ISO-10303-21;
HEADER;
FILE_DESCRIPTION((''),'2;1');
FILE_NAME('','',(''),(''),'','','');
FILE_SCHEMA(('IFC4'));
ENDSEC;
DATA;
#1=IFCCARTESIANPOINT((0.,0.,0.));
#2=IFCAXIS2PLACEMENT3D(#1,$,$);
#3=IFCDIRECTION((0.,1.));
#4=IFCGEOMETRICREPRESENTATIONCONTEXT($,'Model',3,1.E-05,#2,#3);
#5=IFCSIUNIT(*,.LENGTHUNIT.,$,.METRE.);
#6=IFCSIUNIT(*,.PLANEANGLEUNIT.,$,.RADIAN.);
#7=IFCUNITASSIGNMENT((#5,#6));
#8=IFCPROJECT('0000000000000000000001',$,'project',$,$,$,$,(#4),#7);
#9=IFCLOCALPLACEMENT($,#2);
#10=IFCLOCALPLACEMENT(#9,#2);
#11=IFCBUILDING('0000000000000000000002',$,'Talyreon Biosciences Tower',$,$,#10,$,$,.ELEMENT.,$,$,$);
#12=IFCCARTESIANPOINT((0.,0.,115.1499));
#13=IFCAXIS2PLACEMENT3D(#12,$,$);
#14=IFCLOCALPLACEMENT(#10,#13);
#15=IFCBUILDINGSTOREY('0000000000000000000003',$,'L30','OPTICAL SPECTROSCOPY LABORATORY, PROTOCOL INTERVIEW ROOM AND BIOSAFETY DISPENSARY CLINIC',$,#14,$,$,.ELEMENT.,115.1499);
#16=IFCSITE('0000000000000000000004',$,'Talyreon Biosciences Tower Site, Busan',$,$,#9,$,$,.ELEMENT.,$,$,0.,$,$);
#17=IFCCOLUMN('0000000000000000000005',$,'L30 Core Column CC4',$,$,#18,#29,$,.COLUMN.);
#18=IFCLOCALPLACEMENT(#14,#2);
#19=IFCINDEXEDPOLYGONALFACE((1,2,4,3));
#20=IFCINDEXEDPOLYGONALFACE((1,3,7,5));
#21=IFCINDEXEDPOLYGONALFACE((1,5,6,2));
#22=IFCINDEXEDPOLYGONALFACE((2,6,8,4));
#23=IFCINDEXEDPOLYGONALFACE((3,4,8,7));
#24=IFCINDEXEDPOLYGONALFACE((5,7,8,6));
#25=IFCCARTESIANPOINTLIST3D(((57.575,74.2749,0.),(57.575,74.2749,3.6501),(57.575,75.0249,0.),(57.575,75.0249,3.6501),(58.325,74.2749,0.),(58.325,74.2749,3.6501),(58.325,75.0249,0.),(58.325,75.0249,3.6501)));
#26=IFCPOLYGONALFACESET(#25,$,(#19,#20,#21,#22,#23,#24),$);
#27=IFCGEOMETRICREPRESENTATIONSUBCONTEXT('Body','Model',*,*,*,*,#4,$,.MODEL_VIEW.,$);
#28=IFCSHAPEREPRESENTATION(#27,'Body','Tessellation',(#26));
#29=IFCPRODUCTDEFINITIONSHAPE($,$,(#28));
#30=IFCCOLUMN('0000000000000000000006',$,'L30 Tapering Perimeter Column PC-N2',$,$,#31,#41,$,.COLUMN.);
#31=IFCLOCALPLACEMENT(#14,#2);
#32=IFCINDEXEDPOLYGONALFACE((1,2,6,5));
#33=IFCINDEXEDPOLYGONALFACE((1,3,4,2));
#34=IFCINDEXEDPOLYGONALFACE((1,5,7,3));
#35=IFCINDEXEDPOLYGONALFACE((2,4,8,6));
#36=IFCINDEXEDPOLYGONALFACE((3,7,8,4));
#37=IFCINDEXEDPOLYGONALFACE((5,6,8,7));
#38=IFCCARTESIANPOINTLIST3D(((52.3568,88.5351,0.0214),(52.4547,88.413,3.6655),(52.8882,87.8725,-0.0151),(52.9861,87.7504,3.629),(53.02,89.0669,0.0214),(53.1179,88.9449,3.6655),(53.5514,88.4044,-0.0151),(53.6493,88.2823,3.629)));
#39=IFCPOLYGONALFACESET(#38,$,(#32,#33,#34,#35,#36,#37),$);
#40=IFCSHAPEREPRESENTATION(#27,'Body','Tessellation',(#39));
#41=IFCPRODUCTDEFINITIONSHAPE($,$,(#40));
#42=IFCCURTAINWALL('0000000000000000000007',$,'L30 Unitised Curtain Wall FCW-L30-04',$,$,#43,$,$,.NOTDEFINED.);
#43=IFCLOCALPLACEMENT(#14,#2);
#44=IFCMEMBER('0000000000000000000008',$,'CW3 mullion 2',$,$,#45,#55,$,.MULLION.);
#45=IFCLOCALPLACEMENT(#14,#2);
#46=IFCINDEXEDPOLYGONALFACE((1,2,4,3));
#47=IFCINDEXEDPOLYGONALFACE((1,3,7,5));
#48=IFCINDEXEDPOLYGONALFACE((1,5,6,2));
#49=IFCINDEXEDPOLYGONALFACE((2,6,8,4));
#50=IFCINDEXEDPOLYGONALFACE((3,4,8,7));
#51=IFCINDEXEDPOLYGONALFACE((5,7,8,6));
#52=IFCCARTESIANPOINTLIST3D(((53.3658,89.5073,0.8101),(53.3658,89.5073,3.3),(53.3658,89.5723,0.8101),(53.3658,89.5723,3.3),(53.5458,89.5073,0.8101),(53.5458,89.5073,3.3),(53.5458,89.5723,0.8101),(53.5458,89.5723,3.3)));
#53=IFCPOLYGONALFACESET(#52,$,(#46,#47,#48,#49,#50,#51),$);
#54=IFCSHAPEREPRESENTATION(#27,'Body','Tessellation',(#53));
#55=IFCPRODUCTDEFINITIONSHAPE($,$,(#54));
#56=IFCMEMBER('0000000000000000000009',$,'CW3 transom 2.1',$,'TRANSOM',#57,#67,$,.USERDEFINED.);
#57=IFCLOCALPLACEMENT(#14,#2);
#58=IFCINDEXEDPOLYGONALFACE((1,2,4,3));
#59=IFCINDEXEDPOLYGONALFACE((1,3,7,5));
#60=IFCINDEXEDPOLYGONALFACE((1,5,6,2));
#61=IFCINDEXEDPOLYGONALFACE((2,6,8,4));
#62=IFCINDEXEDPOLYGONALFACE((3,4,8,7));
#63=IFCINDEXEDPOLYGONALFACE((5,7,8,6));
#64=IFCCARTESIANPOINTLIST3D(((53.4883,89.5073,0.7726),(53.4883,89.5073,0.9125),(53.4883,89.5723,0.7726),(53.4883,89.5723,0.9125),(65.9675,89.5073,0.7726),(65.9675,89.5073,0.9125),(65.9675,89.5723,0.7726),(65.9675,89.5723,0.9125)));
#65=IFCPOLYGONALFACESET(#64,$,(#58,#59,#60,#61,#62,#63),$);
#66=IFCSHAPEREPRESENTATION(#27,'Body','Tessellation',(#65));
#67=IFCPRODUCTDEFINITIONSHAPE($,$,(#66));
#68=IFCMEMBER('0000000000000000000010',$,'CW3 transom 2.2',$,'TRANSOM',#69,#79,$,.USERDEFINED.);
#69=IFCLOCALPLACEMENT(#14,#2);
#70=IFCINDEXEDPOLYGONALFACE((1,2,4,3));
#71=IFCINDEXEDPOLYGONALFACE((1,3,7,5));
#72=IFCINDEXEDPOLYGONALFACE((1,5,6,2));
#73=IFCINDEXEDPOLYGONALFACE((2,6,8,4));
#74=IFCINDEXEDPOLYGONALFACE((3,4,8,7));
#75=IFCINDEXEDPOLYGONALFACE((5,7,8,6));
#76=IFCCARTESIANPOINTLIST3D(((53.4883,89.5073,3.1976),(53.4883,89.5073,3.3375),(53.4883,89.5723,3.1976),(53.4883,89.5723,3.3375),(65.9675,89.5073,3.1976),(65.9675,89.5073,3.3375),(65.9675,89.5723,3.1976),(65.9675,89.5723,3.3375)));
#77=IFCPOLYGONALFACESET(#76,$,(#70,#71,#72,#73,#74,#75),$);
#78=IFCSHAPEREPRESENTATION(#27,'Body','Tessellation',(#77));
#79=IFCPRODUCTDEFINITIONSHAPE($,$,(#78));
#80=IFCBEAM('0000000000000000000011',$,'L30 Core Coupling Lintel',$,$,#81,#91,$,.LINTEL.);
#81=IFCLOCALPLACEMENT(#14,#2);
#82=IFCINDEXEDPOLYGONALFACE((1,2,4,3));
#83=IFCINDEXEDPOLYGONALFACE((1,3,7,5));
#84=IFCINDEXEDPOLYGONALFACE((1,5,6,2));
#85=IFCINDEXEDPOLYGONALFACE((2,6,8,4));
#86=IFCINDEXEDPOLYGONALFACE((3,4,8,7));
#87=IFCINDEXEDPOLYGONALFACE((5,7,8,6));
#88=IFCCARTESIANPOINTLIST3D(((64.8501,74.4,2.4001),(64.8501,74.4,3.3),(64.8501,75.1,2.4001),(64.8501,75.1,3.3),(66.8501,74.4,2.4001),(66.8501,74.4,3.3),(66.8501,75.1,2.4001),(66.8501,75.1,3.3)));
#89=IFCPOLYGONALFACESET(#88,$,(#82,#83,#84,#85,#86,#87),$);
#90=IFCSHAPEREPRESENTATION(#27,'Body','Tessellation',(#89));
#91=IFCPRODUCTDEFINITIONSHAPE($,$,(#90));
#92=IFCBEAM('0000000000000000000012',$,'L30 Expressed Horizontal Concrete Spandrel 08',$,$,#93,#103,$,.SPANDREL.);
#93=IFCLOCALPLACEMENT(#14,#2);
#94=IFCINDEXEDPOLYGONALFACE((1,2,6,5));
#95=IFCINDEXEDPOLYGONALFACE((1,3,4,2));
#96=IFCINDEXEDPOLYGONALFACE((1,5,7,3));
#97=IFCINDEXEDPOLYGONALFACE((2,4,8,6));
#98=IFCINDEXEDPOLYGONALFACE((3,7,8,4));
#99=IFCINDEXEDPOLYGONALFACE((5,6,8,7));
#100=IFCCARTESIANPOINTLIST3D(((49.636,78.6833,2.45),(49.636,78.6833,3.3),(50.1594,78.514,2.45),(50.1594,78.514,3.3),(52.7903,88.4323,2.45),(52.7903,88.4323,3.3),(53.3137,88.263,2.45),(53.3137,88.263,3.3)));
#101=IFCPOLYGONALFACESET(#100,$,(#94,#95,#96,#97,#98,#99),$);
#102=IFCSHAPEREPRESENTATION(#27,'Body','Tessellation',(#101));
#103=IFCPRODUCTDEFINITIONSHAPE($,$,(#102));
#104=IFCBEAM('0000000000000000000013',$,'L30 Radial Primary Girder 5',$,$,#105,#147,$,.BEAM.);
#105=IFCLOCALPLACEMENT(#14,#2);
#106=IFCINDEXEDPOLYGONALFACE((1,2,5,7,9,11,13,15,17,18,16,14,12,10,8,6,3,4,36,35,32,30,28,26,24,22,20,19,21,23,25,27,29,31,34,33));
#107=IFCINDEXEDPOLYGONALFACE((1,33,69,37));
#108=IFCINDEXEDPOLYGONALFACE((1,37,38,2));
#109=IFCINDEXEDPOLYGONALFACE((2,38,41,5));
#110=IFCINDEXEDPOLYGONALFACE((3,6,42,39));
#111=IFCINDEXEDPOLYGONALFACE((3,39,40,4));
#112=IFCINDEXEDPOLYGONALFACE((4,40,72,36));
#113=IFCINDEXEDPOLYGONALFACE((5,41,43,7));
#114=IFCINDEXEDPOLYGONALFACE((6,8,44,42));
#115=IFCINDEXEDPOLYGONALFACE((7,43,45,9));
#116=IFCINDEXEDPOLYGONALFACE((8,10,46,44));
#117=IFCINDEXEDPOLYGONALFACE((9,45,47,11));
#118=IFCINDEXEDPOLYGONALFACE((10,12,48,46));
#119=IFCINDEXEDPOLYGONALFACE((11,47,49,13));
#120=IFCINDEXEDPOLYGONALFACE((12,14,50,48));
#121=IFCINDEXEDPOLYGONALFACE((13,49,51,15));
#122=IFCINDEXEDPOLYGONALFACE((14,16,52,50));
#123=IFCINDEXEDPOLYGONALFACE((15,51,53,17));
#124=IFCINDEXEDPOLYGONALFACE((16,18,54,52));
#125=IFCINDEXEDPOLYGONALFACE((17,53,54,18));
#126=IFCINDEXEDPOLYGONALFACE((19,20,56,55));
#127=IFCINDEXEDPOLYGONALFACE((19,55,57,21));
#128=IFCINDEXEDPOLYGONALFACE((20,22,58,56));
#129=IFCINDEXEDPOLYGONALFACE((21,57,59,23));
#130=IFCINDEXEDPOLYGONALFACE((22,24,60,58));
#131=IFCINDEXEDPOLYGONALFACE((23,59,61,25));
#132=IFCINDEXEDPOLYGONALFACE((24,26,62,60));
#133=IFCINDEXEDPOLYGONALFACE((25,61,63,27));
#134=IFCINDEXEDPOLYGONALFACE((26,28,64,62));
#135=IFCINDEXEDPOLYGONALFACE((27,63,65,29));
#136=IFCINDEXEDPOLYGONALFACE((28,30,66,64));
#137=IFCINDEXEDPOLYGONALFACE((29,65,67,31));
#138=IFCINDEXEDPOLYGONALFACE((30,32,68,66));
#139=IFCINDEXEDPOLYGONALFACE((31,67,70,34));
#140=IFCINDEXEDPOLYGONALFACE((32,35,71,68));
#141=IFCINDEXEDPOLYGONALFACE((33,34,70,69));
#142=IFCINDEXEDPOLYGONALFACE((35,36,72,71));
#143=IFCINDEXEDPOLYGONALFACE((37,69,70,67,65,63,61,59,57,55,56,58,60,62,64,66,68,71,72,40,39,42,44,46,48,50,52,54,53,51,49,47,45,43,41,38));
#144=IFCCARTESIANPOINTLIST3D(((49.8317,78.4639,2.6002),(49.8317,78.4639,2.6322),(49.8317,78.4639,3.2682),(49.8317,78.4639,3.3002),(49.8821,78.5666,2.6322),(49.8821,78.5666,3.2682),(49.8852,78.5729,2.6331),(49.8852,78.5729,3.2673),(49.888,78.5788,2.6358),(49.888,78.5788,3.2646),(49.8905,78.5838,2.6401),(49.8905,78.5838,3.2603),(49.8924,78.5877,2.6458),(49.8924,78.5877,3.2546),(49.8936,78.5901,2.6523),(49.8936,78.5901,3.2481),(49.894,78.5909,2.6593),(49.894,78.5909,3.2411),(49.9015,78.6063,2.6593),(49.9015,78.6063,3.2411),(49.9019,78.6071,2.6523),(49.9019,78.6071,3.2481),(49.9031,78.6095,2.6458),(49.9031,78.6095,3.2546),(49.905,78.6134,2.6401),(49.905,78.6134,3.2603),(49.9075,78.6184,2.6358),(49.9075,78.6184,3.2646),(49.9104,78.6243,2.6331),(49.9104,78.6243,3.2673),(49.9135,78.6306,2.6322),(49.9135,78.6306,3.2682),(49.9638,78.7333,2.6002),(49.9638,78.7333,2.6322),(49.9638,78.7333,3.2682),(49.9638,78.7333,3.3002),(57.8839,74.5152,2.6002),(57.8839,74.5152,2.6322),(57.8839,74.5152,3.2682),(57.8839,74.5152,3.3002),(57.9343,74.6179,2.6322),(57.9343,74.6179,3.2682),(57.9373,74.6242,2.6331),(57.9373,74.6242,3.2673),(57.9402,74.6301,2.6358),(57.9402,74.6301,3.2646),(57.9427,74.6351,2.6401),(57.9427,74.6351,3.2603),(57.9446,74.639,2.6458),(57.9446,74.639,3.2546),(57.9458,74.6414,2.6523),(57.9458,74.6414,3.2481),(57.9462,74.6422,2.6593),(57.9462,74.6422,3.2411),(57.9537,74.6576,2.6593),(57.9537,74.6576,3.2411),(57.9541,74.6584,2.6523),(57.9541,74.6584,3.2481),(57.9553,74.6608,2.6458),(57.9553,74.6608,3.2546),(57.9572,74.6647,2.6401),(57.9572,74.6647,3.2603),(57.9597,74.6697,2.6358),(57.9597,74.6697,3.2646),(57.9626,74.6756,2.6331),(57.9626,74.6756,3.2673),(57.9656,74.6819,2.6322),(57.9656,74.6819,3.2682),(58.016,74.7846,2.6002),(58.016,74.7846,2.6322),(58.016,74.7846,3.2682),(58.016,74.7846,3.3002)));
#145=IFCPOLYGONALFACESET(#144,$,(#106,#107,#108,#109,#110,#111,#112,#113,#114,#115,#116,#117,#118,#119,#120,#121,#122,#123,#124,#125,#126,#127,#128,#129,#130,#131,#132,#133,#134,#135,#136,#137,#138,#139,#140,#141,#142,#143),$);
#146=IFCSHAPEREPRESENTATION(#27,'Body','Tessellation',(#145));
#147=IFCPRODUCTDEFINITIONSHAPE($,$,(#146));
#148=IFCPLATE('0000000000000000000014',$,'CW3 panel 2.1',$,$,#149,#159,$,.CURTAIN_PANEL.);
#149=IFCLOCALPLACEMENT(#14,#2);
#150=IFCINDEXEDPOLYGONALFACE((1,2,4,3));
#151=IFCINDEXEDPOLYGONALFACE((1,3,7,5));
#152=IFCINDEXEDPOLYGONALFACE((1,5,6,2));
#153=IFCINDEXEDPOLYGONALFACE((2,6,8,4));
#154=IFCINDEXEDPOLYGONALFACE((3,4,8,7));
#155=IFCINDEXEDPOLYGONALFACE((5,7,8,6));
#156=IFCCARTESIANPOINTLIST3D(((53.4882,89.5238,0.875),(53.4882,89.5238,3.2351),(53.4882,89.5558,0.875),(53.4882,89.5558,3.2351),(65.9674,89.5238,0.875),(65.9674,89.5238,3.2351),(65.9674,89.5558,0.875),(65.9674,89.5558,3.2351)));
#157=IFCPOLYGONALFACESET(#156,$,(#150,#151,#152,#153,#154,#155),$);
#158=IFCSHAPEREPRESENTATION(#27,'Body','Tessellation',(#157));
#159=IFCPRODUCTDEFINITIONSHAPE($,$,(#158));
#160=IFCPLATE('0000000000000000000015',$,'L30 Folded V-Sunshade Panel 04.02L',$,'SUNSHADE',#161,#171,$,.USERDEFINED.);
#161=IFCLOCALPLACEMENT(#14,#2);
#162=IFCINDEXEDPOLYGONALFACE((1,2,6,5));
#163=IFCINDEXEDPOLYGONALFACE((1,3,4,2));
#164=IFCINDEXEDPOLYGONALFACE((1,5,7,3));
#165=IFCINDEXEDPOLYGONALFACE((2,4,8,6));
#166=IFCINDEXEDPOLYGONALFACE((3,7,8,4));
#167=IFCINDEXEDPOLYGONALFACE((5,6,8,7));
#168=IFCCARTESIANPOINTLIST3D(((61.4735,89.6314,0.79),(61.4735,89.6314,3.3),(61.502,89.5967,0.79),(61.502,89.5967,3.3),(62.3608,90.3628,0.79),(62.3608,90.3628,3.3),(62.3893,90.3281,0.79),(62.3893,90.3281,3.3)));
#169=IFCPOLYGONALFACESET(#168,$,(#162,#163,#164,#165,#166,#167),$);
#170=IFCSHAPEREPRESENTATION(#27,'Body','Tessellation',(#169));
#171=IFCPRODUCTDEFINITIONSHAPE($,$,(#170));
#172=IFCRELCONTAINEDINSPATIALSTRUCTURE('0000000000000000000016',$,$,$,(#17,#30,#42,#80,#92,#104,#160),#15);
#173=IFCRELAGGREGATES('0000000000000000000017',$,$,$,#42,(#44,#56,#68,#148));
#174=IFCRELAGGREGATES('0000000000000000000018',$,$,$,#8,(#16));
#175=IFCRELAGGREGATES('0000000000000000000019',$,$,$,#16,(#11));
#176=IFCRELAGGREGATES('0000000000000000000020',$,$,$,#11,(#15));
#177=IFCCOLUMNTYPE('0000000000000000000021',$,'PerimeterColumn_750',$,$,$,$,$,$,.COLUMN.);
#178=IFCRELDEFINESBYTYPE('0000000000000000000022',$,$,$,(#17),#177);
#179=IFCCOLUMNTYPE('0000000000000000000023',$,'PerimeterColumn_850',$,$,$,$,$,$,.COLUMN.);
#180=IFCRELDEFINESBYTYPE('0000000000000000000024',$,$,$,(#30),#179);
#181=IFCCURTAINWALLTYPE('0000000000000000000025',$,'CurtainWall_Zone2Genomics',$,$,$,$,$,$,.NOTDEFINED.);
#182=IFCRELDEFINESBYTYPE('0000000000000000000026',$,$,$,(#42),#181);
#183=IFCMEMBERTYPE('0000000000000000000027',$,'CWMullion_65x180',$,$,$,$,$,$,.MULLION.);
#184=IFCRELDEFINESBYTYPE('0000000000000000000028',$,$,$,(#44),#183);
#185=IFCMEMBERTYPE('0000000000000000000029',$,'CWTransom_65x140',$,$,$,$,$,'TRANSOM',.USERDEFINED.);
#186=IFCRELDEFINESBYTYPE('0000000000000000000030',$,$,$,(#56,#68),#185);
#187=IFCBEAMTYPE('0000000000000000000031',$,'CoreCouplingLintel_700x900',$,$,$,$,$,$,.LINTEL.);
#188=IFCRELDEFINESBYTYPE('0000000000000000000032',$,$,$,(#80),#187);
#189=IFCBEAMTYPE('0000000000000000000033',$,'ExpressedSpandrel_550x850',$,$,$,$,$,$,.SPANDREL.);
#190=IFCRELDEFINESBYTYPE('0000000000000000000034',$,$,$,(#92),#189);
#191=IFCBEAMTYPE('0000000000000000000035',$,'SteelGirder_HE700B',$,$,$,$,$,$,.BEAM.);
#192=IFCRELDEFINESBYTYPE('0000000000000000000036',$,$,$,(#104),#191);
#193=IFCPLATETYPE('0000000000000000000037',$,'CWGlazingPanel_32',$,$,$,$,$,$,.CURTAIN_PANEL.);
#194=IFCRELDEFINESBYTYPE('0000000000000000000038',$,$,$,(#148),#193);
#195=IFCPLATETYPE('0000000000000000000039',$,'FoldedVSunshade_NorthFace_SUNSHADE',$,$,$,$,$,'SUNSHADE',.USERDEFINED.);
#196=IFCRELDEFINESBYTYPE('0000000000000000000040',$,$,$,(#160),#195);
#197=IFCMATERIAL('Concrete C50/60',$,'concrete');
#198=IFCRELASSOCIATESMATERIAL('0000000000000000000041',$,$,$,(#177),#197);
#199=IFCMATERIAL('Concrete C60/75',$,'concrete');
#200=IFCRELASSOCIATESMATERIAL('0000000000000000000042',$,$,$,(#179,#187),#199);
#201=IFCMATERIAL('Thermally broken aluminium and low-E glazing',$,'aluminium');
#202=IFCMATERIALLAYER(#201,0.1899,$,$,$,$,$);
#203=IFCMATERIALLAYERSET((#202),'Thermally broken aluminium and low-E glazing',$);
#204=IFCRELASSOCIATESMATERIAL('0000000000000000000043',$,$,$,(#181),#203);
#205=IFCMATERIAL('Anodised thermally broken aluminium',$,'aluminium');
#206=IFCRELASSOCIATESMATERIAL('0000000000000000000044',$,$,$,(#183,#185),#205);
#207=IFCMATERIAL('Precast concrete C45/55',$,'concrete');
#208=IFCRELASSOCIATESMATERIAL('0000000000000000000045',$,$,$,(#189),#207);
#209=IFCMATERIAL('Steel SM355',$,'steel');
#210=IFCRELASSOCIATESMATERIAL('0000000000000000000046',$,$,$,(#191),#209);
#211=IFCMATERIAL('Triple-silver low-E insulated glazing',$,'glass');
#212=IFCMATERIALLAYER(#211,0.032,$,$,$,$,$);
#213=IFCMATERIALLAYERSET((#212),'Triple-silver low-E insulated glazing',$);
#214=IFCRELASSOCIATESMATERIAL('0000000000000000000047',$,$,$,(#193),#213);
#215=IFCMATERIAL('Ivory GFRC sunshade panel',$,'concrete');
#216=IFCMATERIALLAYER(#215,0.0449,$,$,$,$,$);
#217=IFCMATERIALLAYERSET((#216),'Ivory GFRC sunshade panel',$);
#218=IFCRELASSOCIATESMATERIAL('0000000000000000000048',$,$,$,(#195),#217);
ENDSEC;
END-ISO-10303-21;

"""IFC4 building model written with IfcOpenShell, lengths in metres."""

from ifc_helpers import new_model, si_unit, direction, frame, origin, origin_2d, place, context, subcontext, project, spatial, rectangle, i_section, extrude, material, layer, layer_set, material_profile, profile_set, type_object, element, aggregate, save


model = new_model("IFC4")

# Units and contexts
model_context = context("Model", 3, precision=1e-05, world=origin(), true_north=direction((0.0, 1.0)))
body_context = subcontext(model_context, "Body", "Model", "MODEL_VIEW")
ifc_project = project(units=[si_unit("LENGTHUNIT", "METRE"), si_unit("PLANEANGLEUNIT", "RADIAN")], contexts=[model_context])

# Site, building, storey
site_placement = place(None, origin())
site = spatial("IfcSite", under=ifc_project, at=site_placement, Name="Talyreon Biosciences Tower Site, Busan", CompositionType="ELEMENT", RefElevation=0.0)
building_placement = place(site_placement, origin())
building = spatial("IfcBuilding", under=site, at=building_placement, Name="Talyreon Biosciences Tower", CompositionType="ELEMENT")
storey_placement = place(building_placement, frame((0.0, 0.0, 115.1499)))
storey = spatial("IfcBuildingStorey", under=building, at=storey_placement, Name="L30", Description="OPTICAL SPECTROSCOPY LABORATORY, PROTOCOL INTERVIEW ROOM AND BIOSAFETY DISPENSARY CLINIC", CompositionType="ELEMENT", Elevation=115.1499)

# Columns
ifc_material_1 = material(Name="Concrete C50/60", Category="concrete")
ifc_material_profile_1 = material_profile(ifc_material_1, rectangle(XDim=0.75, YDim=0.75, at=origin_2d()), Name="RC 750x750")
ifc_profile_set_1 = profile_set([ifc_material_profile_1], Name="Concrete C50/60")
column_type_1 = type_object("IfcColumnType", Name="PerimeterColumn_750", PredefinedType="COLUMN", material=ifc_profile_set_1)
column_1_placement = place(storey_placement, frame((57.95, 74.6499, 0.0), z_axis=(0.0, 0.0, 1.0), x_axis=(1.0, 0.0, 0.0)))
element("IfcColumn", 1, at=column_1_placement, inside=storey, type_object=column_type_1, Name="L30 Core Column CC4", PredefinedType="COLUMN", context=body_context, shape_type="SweptSolid", body=[
    extrude(rectangle(XDim=0.75, YDim=0.75, at=origin_2d()), origin(), (0.0, 0.0, 1.0), 3.6501),
])
ifc_material_2 = material(Name="Concrete C60/75", Category="concrete")
ifc_material_profile_2 = material_profile(ifc_material_2, rectangle(XDim=0.8501, YDim=0.8501, at=origin_2d()), Name="RC 850x850")
ifc_profile_set_2 = profile_set([ifc_material_profile_2], Name="Concrete C60/75")
column_type_2 = type_object("IfcColumnType", Name="PerimeterColumn_850", PredefinedType="COLUMN", material=ifc_profile_set_2)
column_2_placement = place(storey_placement, frame((52.9541, 88.4697, 0.0032), z_axis=(0.026841, -0.033468, 0.999079), x_axis=(-0.780107, -0.625646, 0.0)))
element("IfcColumn", 2, at=column_2_placement, inside=storey, type_object=column_type_2, Name="L30 Tapering Perimeter Column PC-N2", PredefinedType="COLUMN", context=body_context, shape_type="SweptSolid", body=[
    extrude(rectangle(XDim=0.8501, YDim=0.8501, at=origin_2d()), origin(), (0.0, 0.0, 1.0), 3.6475),
])

# Curtain wall, members
ifc_material_3 = material(Name="Thermally broken aluminium and low-E glazing", Category="aluminium")
ifc_layer_1 = layer(ifc_material_3, 0.1899)
ifc_layer_set_1 = layer_set([ifc_layer_1], Name="Thermally broken aluminium and low-E glazing")
curtain_wall_type = type_object("IfcCurtainWallType", Name="CurtainWall_Zone2Genomics", PredefinedType="NOTDEFINED", material=ifc_layer_set_1)
curtain_wall_placement = place(storey_placement, origin())
curtain_wall = element("IfcCurtainWall", 3, at=curtain_wall_placement, inside=storey, type_object=curtain_wall_type, Name="L30 Unitised Curtain Wall FCW-L30-04", PredefinedType="NOTDEFINED")
ifc_material_4 = material(Name="Anodised thermally broken aluminium", Category="aluminium")
ifc_material_profile_3 = material_profile(ifc_material_4, rectangle(XDim=0.0649, YDim=0.1799, at=origin_2d()), Name="ALUM MULLION 65x180")
ifc_profile_set_3 = profile_set([ifc_material_profile_3], Name="Anodised thermally broken aluminium")
member_type_1 = type_object("IfcMemberType", Name="CWMullion_65x180", PredefinedType="MULLION", material=ifc_profile_set_3)
member_1_placement = place(storey_placement, frame((53.4558, 89.5398, 0.8101), z_axis=(0.0, 0.0, 1.0), x_axis=(0.0, 1.0, 0.0)))
member_1 = element("IfcMember", 4, at=member_1_placement, type_object=member_type_1, Name="CW3 mullion 2", PredefinedType="MULLION", context=body_context, shape_type="SweptSolid", body=[
    extrude(rectangle(XDim=0.0649, YDim=0.1799, at=origin_2d()), origin(), (0.0, 0.0, 1.0), 2.49),
])
ifc_material_profile_4 = material_profile(ifc_material_4, rectangle(XDim=0.0649, YDim=0.1399, at=origin_2d()), Name="ALUM TRANSOM 65x140")
ifc_profile_set_4 = profile_set([ifc_material_profile_4], Name="Anodised thermally broken aluminium")
member_type_2 = type_object("IfcMemberType", Name="CWTransom_65x140", ElementType="TRANSOM", PredefinedType="USERDEFINED", material=ifc_profile_set_4)
member_2_placement = place(storey_placement, frame((53.4883, 89.5398, 0.8425), z_axis=(1.0, 0.0, 0.0), x_axis=(0.0, 1.0, 0.0)))
member_2 = element("IfcMember", 5, at=member_2_placement, type_object=member_type_2, Name="CW3 transom 2.1", ObjectType="TRANSOM", PredefinedType="USERDEFINED", context=body_context, shape_type="SweptSolid", body=[
    extrude(rectangle(XDim=0.0649, YDim=0.1399, at=origin_2d()), origin(), (0.0, 0.0, 1.0), 12.4792),
])
member_3_placement = place(storey_placement, frame((53.4883, 89.5398, 3.2676), z_axis=(1.0, 0.0, 0.0), x_axis=(0.0, 1.0, 0.0)))
member_3 = element("IfcMember", 6, at=member_3_placement, type_object=member_type_2, Name="CW3 transom 2.2", ObjectType="TRANSOM", PredefinedType="USERDEFINED", context=body_context, shape_type="SweptSolid", body=[
    extrude(rectangle(XDim=0.0649, YDim=0.1399, at=origin_2d()), origin(), (0.0, 0.0, 1.0), 12.4792),
])

# Beams
ifc_material_profile_5 = material_profile(ifc_material_2, rectangle(XDim=0.7, YDim=0.8999, at=origin_2d()), Name="RCB 700x900")
ifc_profile_set_5 = profile_set([ifc_material_profile_5], Name="Concrete C60/75")
beam_type_1 = type_object("IfcBeamType", Name="CoreCouplingLintel_700x900", PredefinedType="LINTEL", material=ifc_profile_set_5)
beam_1_placement = place(storey_placement, frame((64.8501, 74.75, 2.8501), z_axis=(1.0, 0.0, 0.0), x_axis=(0.0, 1.0, 0.0)))
element("IfcBeam", 7, at=beam_1_placement, inside=storey, type_object=beam_type_1, Name="L30 Core Coupling Lintel", PredefinedType="LINTEL", context=body_context, shape_type="SweptSolid", body=[
    extrude(rectangle(XDim=0.7, YDim=0.8999, at=origin_2d()), origin(), (0.0, 0.0, 1.0), 2.0),
])
ifc_material_5 = material(Name="Precast concrete C45/55", Category="concrete")
ifc_material_profile_6 = material_profile(ifc_material_5, rectangle(XDim=0.55, YDim=0.8501, at=origin_2d()), Name="RCB 550x850")
ifc_profile_set_6 = profile_set([ifc_material_profile_6], Name="Precast concrete C45/55")
beam_type_2 = type_object("IfcBeamType", Name="ExpressedSpandrel_550x850", PredefinedType="SPANDREL", material=ifc_profile_set_6)
beam_2_placement = place(storey_placement, frame((53.052, 88.3477, 2.875), z_axis=(-0.307838, -0.951439, 0.0), x_axis=(0.951439, -0.307838, 0.0)))
element("IfcBeam", 8, at=beam_2_placement, inside=storey, type_object=beam_type_2, Name="L30 Expressed Horizontal Concrete Spandrel 08", PredefinedType="SPANDREL", context=body_context, shape_type="SweptSolid", body=[
    extrude(rectangle(XDim=0.55, YDim=0.8501, at=origin_2d()), origin(), (0.0, 0.0, 1.0), 10.2466),
])
ifc_material_6 = material(Name="Steel SM355", Category="steel")
ifc_material_profile_7 = material_profile(ifc_material_6, i_section(OverallWidth=0.3, OverallDepth=0.7, WebThickness=0.0171, FlangeThickness=0.032, FilletRadius=0.0271, at=origin_2d()), Name="HE700B")
ifc_profile_set_7 = profile_set([ifc_material_profile_7], Name="Steel SM355")
beam_type_3 = type_object("IfcBeamType", Name="SteelGirder_HE700B", PredefinedType="BEAM", material=ifc_profile_set_7)
beam_3_placement = place(storey_placement, frame((57.95, 74.6499, 2.9502), z_axis=(-0.897852, 0.440297, 0.0), x_axis=(-0.440297, -0.897852, 0.0)))
element("IfcBeam", 9, at=beam_3_placement, inside=storey, type_object=beam_type_3, Name="L30 Radial Primary Girder 5", PredefinedType="BEAM", context=body_context, shape_type="SweptSolid", body=[
    extrude(i_section(OverallWidth=0.3, OverallDepth=0.7, WebThickness=0.0171, FlangeThickness=0.032, FilletRadius=0.0271, at=origin_2d()), origin(), (0.0, 0.0, 1.0), 8.9683),
])

# Plate
ifc_material_7 = material(Name="Triple-silver low-E insulated glazing", Category="glass")
ifc_layer_2 = layer(ifc_material_7, 0.032)
ifc_layer_set_2 = layer_set([ifc_layer_2], Name="Triple-silver low-E insulated glazing")
plate_type_1 = type_object("IfcPlateType", Name="CWGlazingPanel_32", PredefinedType="CURTAIN_PANEL", material=ifc_layer_set_2)
plate_placement = place(storey_placement, frame((59.7278, 89.5398, 0.875), z_axis=(0.0, 0.0, 1.0), x_axis=(1.0, 0.0, 0.0)))
plate = element("IfcPlate", 10, at=plate_placement, type_object=plate_type_1, Name="CW3 panel 2.1", PredefinedType="CURTAIN_PANEL", context=body_context, shape_type="SweptSolid", body=[
    extrude(rectangle(XDim=12.4792, YDim=0.032, at=origin_2d()), origin(), (0.0, 0.0, 1.0), 2.3601),
])
aggregate(curtain_wall, [member_1, member_2, member_3, plate])

# Plate
ifc_material_8 = material(Name="Ivory GFRC sunshade panel", Category="concrete")
ifc_layer_3 = layer(ifc_material_8, 0.0449)
ifc_layer_set_3 = layer_set([ifc_layer_3], Name="Ivory GFRC sunshade panel")
plate_type_2 = type_object("IfcPlateType", Name="FoldedVSunshade_NorthFace_SUNSHADE", ElementType="SUNSHADE", PredefinedType="USERDEFINED", material=ifc_layer_set_3)
for number, where, z_axis, x_axis, name in (
    (11, (61.9314, 89.9797, 0.79), (0.0, 0.0, 1.0), (0.771625, 0.636078, 0.0), "L30 Folded V-Sunshade Panel 04.02L"),
):
    element("IfcPlate", number, at=place(storey_placement, frame(where, z_axis=z_axis, x_axis=x_axis)), inside=storey, type_object=plate_type_2, Name=name, ObjectType="SUNSHADE", PredefinedType="USERDEFINED", context=body_context, shape_type="SweptSolid", body=[
        extrude(rectangle(XDim=1.1499, YDim=0.0449, at=origin_2d()), origin(), (0.0, 0.0, 1.0), 2.51),
    ])

save(model, "model.ifc")
